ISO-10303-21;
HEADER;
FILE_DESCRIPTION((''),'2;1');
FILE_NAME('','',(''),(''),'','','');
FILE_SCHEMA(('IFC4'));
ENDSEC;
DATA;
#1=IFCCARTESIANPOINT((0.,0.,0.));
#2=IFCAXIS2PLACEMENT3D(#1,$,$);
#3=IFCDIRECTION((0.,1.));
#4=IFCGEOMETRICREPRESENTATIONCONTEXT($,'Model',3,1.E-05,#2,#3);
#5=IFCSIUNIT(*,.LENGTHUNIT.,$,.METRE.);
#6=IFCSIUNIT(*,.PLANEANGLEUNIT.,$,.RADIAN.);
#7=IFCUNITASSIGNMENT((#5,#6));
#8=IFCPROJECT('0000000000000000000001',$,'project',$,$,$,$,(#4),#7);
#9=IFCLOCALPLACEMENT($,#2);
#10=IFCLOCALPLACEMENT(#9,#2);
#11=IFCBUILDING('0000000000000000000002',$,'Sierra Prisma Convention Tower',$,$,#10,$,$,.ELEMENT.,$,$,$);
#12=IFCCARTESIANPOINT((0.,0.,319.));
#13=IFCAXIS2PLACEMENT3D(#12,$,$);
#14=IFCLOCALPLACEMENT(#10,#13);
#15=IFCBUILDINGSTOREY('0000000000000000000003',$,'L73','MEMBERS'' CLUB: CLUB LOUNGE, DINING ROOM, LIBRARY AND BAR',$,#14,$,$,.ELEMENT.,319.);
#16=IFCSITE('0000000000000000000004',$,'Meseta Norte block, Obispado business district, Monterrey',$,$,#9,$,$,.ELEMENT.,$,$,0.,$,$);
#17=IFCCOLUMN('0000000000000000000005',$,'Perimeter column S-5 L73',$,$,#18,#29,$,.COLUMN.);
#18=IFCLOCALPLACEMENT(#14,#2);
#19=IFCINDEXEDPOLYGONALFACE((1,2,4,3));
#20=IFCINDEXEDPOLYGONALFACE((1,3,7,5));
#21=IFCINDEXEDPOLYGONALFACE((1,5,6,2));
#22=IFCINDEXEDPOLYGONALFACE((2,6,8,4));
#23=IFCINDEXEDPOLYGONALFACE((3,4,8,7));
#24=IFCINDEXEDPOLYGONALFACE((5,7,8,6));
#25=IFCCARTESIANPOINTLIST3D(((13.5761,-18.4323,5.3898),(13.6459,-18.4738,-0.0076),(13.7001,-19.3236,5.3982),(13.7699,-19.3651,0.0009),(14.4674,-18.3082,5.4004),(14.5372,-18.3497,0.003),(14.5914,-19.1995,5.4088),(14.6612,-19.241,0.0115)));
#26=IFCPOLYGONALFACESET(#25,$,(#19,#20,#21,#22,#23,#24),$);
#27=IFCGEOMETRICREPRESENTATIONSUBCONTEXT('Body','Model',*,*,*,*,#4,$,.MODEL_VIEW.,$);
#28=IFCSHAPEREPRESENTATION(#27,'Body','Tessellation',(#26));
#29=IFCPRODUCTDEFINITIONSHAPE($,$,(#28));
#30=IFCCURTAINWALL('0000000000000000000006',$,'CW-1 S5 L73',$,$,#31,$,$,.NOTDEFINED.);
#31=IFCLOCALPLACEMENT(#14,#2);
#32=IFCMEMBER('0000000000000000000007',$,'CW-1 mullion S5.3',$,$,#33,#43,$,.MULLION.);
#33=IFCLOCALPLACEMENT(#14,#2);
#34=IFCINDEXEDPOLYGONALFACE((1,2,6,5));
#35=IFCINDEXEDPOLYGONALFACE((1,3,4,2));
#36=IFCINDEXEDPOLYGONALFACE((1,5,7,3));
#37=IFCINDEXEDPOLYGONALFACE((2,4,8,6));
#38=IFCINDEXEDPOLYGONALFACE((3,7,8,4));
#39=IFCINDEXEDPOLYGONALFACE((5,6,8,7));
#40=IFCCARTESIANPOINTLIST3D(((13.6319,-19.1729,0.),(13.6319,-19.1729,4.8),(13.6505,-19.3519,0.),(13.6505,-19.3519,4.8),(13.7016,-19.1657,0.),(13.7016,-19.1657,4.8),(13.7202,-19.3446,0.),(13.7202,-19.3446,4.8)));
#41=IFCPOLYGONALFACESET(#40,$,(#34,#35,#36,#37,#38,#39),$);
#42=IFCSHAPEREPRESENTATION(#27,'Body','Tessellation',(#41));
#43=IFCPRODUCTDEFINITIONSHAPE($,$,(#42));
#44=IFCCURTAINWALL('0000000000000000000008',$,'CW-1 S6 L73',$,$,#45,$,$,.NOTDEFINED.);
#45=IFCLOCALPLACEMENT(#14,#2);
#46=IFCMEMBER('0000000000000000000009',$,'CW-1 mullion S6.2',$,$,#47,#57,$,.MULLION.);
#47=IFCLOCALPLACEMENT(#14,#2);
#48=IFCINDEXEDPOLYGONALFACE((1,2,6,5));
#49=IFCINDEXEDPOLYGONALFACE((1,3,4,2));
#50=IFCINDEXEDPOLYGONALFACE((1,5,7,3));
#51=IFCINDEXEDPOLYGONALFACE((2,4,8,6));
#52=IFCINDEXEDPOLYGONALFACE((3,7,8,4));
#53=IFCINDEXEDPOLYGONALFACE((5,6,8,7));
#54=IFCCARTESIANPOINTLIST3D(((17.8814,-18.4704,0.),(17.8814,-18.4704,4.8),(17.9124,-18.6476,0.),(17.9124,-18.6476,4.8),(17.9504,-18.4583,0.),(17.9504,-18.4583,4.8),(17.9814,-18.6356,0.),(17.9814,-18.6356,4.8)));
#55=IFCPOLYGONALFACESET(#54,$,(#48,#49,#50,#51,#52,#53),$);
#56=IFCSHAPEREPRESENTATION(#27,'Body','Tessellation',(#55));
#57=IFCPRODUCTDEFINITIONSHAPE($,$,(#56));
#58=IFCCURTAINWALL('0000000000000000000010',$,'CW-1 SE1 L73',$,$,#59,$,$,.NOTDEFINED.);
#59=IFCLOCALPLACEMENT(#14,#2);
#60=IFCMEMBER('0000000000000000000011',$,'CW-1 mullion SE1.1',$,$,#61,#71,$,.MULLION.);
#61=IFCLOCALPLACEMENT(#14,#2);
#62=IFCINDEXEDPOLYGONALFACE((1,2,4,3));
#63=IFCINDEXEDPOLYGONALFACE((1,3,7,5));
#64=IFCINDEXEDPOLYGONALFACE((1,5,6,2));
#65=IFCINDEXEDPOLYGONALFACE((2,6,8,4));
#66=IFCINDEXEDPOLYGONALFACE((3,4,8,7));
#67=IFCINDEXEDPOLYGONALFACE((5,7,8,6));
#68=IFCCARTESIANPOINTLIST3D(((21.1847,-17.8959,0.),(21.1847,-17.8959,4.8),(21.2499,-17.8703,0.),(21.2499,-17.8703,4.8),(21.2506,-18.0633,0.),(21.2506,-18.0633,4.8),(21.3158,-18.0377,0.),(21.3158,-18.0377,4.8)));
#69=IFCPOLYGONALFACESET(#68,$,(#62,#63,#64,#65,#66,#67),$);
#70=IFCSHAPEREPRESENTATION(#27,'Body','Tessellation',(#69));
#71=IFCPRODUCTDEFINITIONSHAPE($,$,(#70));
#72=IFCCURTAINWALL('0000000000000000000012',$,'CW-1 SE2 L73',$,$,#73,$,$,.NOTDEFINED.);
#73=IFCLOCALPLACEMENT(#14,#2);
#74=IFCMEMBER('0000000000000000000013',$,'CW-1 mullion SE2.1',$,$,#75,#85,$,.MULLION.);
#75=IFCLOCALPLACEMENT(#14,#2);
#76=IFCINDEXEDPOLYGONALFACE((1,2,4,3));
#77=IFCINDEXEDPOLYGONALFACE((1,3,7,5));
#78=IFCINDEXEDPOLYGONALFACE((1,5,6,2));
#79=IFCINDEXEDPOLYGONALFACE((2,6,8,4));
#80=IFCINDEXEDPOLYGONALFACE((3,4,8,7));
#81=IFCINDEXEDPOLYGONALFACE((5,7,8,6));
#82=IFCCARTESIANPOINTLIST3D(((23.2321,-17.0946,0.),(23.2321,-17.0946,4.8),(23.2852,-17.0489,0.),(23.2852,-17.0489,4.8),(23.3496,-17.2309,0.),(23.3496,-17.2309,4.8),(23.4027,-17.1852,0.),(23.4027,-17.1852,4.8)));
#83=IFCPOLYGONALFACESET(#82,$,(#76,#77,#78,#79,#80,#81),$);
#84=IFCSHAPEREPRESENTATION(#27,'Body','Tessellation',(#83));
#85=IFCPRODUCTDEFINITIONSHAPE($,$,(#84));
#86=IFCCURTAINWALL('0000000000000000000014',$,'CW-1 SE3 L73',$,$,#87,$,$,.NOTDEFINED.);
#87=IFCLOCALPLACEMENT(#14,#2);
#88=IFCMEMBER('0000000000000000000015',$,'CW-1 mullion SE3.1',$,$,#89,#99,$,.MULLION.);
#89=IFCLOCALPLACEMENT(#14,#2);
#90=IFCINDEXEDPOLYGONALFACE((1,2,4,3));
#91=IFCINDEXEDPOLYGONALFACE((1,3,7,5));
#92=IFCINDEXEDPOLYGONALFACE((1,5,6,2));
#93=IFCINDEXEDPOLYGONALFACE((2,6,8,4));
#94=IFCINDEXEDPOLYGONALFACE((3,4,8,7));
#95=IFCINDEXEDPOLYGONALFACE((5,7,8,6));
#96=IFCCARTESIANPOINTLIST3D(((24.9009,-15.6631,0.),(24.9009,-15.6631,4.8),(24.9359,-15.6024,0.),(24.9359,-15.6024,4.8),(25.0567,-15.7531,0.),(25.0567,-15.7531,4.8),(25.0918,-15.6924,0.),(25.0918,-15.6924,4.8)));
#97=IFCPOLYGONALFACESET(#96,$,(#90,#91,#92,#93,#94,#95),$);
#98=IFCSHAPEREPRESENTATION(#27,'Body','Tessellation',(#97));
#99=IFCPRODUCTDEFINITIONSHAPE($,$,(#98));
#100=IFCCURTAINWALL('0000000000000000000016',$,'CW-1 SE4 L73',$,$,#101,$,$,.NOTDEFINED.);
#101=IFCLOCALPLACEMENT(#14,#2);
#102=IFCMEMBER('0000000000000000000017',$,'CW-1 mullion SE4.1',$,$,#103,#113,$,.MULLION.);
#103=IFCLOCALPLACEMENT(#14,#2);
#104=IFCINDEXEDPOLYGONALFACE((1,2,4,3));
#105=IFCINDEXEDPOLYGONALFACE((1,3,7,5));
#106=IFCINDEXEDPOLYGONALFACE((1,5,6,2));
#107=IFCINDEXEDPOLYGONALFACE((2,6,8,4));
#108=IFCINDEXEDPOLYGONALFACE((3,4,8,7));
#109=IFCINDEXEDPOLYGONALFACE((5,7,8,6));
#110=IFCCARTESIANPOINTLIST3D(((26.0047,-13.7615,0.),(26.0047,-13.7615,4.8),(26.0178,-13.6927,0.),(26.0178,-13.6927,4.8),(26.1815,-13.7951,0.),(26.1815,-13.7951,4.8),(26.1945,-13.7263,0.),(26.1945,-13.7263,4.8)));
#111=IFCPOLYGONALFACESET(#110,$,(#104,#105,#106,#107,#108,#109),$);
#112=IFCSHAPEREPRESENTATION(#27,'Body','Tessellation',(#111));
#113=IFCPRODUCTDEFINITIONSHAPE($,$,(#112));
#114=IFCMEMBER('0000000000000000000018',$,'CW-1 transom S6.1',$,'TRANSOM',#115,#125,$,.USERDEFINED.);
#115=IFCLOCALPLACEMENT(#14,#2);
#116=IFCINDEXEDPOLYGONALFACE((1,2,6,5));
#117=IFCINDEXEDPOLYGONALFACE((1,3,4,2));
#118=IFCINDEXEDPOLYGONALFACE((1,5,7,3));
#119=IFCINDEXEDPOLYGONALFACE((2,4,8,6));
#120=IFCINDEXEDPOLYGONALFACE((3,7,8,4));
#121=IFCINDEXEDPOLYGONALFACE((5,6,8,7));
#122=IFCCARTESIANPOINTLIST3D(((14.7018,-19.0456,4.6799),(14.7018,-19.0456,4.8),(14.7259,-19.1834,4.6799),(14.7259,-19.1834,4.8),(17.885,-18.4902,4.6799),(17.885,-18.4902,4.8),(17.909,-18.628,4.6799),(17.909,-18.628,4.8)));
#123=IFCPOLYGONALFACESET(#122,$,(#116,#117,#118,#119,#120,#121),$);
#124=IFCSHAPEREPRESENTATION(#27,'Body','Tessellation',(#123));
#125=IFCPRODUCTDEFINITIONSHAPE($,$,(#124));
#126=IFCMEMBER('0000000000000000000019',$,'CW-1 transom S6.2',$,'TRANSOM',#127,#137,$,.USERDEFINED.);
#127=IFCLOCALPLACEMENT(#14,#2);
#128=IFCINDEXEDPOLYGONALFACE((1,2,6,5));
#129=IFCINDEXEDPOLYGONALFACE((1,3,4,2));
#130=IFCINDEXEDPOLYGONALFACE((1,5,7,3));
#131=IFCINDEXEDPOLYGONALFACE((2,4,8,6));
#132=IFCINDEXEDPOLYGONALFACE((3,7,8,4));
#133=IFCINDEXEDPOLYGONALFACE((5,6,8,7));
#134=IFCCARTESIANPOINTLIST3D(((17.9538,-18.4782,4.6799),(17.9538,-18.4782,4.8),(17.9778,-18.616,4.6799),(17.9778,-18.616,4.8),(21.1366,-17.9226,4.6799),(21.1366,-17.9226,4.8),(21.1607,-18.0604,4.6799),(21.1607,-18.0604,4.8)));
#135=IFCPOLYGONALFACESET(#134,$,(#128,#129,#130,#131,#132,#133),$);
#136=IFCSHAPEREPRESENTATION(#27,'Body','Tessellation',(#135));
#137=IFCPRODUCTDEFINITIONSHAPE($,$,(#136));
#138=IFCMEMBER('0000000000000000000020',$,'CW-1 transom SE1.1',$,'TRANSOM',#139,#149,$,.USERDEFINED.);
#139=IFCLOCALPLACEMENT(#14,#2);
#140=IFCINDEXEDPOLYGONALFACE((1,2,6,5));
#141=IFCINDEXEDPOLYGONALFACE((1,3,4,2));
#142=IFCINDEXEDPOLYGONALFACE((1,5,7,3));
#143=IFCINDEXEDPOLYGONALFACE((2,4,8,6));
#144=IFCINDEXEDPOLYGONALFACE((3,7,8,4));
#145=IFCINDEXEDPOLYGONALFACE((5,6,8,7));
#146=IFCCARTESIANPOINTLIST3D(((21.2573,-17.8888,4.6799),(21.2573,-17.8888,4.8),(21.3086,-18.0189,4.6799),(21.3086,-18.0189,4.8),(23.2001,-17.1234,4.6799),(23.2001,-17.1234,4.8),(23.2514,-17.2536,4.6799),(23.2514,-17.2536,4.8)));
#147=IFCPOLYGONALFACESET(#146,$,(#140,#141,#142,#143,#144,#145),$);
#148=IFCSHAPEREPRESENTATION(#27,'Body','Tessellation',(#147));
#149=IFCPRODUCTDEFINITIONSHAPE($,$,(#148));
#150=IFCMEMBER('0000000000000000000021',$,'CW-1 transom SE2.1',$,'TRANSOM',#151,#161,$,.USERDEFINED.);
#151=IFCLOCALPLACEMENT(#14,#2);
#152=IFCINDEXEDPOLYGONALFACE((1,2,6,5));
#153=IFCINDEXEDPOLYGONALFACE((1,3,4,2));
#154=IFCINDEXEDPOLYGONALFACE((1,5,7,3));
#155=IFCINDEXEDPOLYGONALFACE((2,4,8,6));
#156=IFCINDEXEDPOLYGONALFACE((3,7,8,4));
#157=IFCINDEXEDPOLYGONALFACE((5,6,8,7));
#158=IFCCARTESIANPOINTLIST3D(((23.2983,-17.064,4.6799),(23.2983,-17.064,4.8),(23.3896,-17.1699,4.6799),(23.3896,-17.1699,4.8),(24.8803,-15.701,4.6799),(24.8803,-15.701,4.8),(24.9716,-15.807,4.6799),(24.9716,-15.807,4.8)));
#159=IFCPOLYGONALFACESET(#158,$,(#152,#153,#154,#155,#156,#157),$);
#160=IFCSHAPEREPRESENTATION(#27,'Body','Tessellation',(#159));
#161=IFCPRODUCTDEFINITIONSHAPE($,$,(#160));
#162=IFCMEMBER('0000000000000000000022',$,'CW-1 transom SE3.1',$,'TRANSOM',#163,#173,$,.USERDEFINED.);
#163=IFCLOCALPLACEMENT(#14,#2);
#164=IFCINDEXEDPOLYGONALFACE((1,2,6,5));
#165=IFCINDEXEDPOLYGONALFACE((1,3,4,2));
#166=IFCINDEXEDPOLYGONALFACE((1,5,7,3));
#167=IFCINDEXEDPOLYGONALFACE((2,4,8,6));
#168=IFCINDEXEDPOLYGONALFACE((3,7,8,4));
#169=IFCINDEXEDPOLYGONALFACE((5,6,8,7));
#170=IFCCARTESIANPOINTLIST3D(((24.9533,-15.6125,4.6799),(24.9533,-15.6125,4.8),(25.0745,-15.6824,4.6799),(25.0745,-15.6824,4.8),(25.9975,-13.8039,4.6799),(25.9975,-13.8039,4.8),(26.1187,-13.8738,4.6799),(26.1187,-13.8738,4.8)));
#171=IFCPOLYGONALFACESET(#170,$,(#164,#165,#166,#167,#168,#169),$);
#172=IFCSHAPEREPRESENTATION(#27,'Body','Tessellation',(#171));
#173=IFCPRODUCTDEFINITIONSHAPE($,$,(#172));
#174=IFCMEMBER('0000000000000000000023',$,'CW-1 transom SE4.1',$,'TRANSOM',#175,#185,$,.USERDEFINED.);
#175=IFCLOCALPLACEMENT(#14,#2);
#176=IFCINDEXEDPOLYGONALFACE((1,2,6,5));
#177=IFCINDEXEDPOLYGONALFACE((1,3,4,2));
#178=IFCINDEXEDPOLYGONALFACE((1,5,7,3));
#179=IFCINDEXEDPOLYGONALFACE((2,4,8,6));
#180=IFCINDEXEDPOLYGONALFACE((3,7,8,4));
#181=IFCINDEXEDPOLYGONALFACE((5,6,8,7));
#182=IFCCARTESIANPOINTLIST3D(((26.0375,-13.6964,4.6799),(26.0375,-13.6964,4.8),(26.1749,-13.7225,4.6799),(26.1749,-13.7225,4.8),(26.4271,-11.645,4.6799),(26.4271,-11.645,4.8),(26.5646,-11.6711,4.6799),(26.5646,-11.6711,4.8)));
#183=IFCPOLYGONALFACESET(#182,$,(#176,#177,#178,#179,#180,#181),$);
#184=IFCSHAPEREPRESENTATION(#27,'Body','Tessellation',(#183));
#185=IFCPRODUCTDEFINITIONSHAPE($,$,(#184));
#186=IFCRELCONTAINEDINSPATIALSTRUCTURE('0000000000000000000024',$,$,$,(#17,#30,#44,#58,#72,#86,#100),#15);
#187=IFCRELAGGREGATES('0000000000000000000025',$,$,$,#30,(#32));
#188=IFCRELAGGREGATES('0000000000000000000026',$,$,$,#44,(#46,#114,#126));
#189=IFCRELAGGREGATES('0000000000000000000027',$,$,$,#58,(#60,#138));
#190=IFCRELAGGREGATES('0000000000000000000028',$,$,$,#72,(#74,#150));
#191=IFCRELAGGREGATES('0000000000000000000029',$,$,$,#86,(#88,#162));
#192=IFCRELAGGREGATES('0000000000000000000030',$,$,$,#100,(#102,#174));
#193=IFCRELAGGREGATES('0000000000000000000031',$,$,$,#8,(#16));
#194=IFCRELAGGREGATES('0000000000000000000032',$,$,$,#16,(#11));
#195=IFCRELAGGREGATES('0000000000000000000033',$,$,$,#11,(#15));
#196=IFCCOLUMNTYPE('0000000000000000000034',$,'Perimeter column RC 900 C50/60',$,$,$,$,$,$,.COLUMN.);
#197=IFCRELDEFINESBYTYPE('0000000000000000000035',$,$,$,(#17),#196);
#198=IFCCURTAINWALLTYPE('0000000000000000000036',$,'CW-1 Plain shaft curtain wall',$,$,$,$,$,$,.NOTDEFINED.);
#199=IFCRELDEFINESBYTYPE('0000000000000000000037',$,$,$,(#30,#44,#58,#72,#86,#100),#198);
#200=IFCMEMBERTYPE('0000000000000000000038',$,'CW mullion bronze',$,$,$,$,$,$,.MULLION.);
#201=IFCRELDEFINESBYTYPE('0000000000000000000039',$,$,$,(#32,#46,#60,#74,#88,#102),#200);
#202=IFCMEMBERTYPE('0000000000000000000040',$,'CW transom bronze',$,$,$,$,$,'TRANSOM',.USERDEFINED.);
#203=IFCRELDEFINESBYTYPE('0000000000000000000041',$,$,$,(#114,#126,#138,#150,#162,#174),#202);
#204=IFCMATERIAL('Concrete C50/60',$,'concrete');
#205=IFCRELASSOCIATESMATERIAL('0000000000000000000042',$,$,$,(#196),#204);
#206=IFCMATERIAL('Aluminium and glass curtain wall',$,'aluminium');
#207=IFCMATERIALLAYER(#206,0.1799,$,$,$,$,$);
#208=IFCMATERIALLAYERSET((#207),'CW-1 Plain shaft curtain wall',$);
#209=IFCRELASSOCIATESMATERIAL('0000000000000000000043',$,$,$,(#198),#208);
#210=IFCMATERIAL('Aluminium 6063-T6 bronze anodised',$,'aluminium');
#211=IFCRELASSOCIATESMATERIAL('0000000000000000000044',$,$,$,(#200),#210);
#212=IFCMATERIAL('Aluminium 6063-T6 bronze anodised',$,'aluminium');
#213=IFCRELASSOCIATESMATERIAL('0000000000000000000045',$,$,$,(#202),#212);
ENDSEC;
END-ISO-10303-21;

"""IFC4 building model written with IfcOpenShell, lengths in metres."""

from ifc_helpers import new_model, si_unit, direction, frame, origin, origin_2d, place, context, subcontext, project, spatial, rectangle, extrude, clip, halfspace, material, layer, layer_set, material_profile, profile_set, type_object, element, aggregate, save


model = new_model("IFC4")

# Units and contexts
model_context = context("Model", 3, precision=1e-05, world=origin(), true_north=direction((0.0, 1.0)))
body_context = subcontext(model_context, "Body", "Model", "MODEL_VIEW")
ifc_project = project(units=[si_unit("LENGTHUNIT", "METRE"), si_unit("PLANEANGLEUNIT", "RADIAN")], contexts=[model_context])

# Site, building, storey
site_placement = place(None, origin())
site = spatial("IfcSite", under=ifc_project, at=site_placement, Name="Meseta Norte block, Obispado business district, Monterrey", CompositionType="ELEMENT", RefElevation=0.0)
building_placement = place(site_placement, origin())
building = spatial("IfcBuilding", under=site, at=building_placement, Name="Sierra Prisma Convention Tower", CompositionType="ELEMENT")
storey_placement = place(building_placement, frame((0.0, 0.0, 319.0)))
storey = spatial("IfcBuildingStorey", under=building, at=storey_placement, Name="L73", Description="MEMBERS' CLUB: CLUB LOUNGE, DINING ROOM, LIBRARY AND BAR", CompositionType="ELEMENT", Elevation=319.0)

# Column
ifc_material_1 = material(Name="Concrete C50/60", Category="concrete")
ifc_material_profile_1 = material_profile(ifc_material_1, rectangle(XDim=0.8999, YDim=0.8999, at=origin_2d()), Name="Perimeter column RC 900 C50/60")
ifc_profile_set_1 = profile_set([ifc_material_profile_1], Name="Concrete C50/60")
column_type = type_object("IfcColumnType", Name="Perimeter column RC 900 C50/60", PredefinedType="COLUMN", material=ifc_profile_set_1)
column_placement = place(storey_placement, frame((14.1536, -18.8574, 0.0), z_axis=(-0.012929, 0.007685, 0.999887), x_axis=(0.990379, 0.137885, 0.011746)))
element("IfcColumn", 1, at=column_placement, inside=storey, type_object=column_type, Name="Perimeter column S-5 L73", PredefinedType="COLUMN", context=body_context, shape_type="SweptSolid", body=[
    clip(clip(extrude(rectangle(XDim=0.8999, YDim=0.8999, at=origin_2d()), origin(), (0.0, 0.0, 1.0), 5.4006), halfspace(frame((0.0, 0.0, 0.002)), True)), halfspace(frame((0.0, 0.0, 5.3999)), False)),
])

# Curtain walls, members
ifc_material_2 = material(Name="Aluminium and glass curtain wall", Category="aluminium")
ifc_layer_1 = layer(ifc_material_2, 0.1799)
ifc_layer_set_1 = layer_set([ifc_layer_1], Name="CW-1 Plain shaft curtain wall")
curtain_wall_type = type_object("IfcCurtainWallType", Name="CW-1 Plain shaft curtain wall", PredefinedType="NOTDEFINED", material=ifc_layer_set_1)
curtain_wall_1_placement = place(storey_placement, origin())
curtain_wall_1 = element("IfcCurtainWall", 2, at=curtain_wall_1_placement, inside=storey, type_object=curtain_wall_type, Name="CW-1 S5 L73", PredefinedType="NOTDEFINED")
ifc_material_3 = material(Name="Aluminium 6063-T6 bronze anodised", Category="aluminium")
ifc_material_profile_2 = material_profile(ifc_material_3, rectangle(XDim=0.1799, YDim=0.0701, at=origin_2d()), Name="ALU MULLION 70x180")
ifc_profile_set_2 = profile_set([ifc_material_profile_2], Name="Aluminium 6063-T6 bronze anodised")
member_type_1 = type_object("IfcMemberType", Name="CW mullion bronze", PredefinedType="MULLION", material=ifc_profile_set_2)
member_1_placement = place(storey_placement, frame((13.676, -19.2588, 0.0), z_axis=(0.0, 0.0, 1.0), x_axis=(-0.103487, 0.994631, 0.0)))
member_1 = element("IfcMember", 3, at=member_1_placement, type_object=member_type_1, Name="CW-1 mullion S5.3", PredefinedType="MULLION", context=body_context, shape_type="SweptSolid", body=[
    extrude(rectangle(XDim=0.1799, YDim=0.0701, at=origin_2d()), origin(), (0.0, 0.0, 1.0), 4.8),
])
curtain_wall_2_placement = place(storey_placement, origin())
curtain_wall_2 = element("IfcCurtainWall", 4, at=curtain_wall_2_placement, inside=storey, type_object=curtain_wall_type, Name="CW-1 S6 L73", PredefinedType="NOTDEFINED")
member_2_placement = place(storey_placement, frame((17.9314, -18.553, 0.0), z_axis=(0.0, 0.0, 1.0), x_axis=(-0.171929, 0.985109, 0.0)))
member_2 = element("IfcMember", 5, at=member_2_placement, type_object=member_type_1, Name="CW-1 mullion S6.2", PredefinedType="MULLION", context=body_context, shape_type="SweptSolid", body=[
    extrude(rectangle(XDim=0.1799, YDim=0.0701, at=origin_2d()), origin(), (0.0, 0.0, 1.0), 4.8),
])
curtain_wall_3_placement = place(storey_placement, origin())
curtain_wall_3 = element("IfcCurtainWall", 6, at=curtain_wall_3_placement, inside=storey, type_object=curtain_wall_type, Name="CW-1 SE1 L73", PredefinedType="NOTDEFINED")
member_3_placement = place(storey_placement, frame((21.2502, -17.9668, 0.0), z_axis=(0.0, 0.0, 1.0), x_axis=(-0.366566, 0.930392, 0.0)))
member_3 = element("IfcMember", 7, at=member_3_placement, type_object=member_type_1, Name="CW-1 mullion SE1.1", PredefinedType="MULLION", context=body_context, shape_type="SweptSolid", body=[
    extrude(rectangle(XDim=0.1799, YDim=0.0701, at=origin_2d()), origin(), (0.0, 0.0, 1.0), 4.8),
])
curtain_wall_4_placement = place(storey_placement, origin())
curtain_wall_4 = element("IfcCurtainWall", 8, at=curtain_wall_4_placement, inside=storey, type_object=curtain_wall_type, Name="CW-1 SE2 L73", PredefinedType="NOTDEFINED")
member_4_placement = place(storey_placement, frame((23.3174, -17.1399, 0.0), z_axis=(0.0, 0.0, 1.0), x_axis=(-0.652786, 0.757542, 0.0)))
member_4 = element("IfcMember", 9, at=member_4_placement, type_object=member_type_1, Name="CW-1 mullion SE2.1", PredefinedType="MULLION", context=body_context, shape_type="SweptSolid", body=[
    extrude(rectangle(XDim=0.1799, YDim=0.0701, at=origin_2d()), origin(), (0.0, 0.0, 1.0), 4.8),
])
curtain_wall_5_placement = place(storey_placement, origin())
curtain_wall_5 = element("IfcCurtainWall", 10, at=curtain_wall_5_placement, inside=storey, type_object=curtain_wall_type, Name="CW-1 SE3 L73", PredefinedType="NOTDEFINED")
member_5_placement = place(storey_placement, frame((24.9963, -15.6777, 0.0), z_axis=(0.0, 0.0, 1.0), x_axis=(-0.866025, 0.5, 0.0)))
member_5 = element("IfcMember", 11, at=member_5_placement, type_object=member_type_1, Name="CW-1 mullion SE3.1", PredefinedType="MULLION", context=body_context, shape_type="SweptSolid", body=[
    extrude(rectangle(XDim=0.1799, YDim=0.0701, at=origin_2d()), origin(), (0.0, 0.0, 1.0), 4.8),
])
curtain_wall_6_placement = place(storey_placement, origin())
curtain_wall_6 = element("IfcCurtainWall", 12, at=curtain_wall_6_placement, inside=storey, type_object=curtain_wall_type, Name="CW-1 SE4 L73", PredefinedType="NOTDEFINED")
member_6_placement = place(storey_placement, frame((26.0996, -13.7439, 0.0), z_axis=(0.0, 0.0, 1.0), x_axis=(-0.982444, 0.186558, 0.0)))
member_6 = element("IfcMember", 13, at=member_6_placement, type_object=member_type_1, Name="CW-1 mullion SE4.1", PredefinedType="MULLION", context=body_context, shape_type="SweptSolid", body=[
    extrude(rectangle(XDim=0.1799, YDim=0.0701, at=origin_2d()), origin(), (0.0, 0.0, 1.0), 4.8),
])

# Members
ifc_material_4 = material(Name="Aluminium 6063-T6 bronze anodised", Category="aluminium")
ifc_material_profile_3 = material_profile(ifc_material_4, rectangle(XDim=0.1399, YDim=0.1201, at=origin_2d()), Name="ALU TRANSOM 120x140")
ifc_profile_set_3 = profile_set([ifc_material_profile_3], Name="Aluminium 6063-T6 bronze anodised")
member_type_2 = type_object("IfcMemberType", Name="CW transom bronze", ElementType="TRANSOM", PredefinedType="USERDEFINED", material=ifc_profile_set_3)
member_7_placement = place(storey_placement, frame((14.7139, -19.1145, 4.74), z_axis=(0.985116, 0.171893, 0.0), x_axis=(-0.171893, 0.985116, 0.0)))
member_7 = element("IfcMember", 14, at=member_7_placement, type_object=member_type_2, Name="CW-1 transom S6.1", ObjectType="TRANSOM", PredefinedType="USERDEFINED", context=body_context, shape_type="SweptSolid", body=[
    extrude(rectangle(XDim=0.1399, YDim=0.1201, at=origin_2d()), origin(), (0.0, 0.0, 1.0), 3.2312),
])
member_8_placement = place(storey_placement, frame((17.9658, -18.5471, 4.74), z_axis=(0.985101, 0.171979, 0.0), x_axis=(-0.171979, 0.985101, 0.0)))
member_8 = element("IfcMember", 15, at=member_8_placement, type_object=member_type_2, Name="CW-1 transom S6.2", ObjectType="TRANSOM", PredefinedType="USERDEFINED", context=body_context, shape_type="SweptSolid", body=[
    extrude(rectangle(XDim=0.1399, YDim=0.1201, at=origin_2d()), origin(), (0.0, 0.0, 1.0), 3.231),
])
member_9_placement = place(storey_placement, frame((21.283, -17.9539, 4.74), z_axis=(0.930407, 0.366528, 0.0), x_axis=(-0.366528, 0.930407, 0.0)))
member_9 = element("IfcMember", 16, at=member_9_placement, type_object=member_type_2, Name="CW-1 transom SE1.1", ObjectType="TRANSOM", PredefinedType="USERDEFINED", context=body_context, shape_type="SweptSolid", body=[
    extrude(rectangle(XDim=0.1399, YDim=0.1201, at=origin_2d()), origin(), (0.0, 0.0, 1.0), 2.0881),
])
member_10_placement = place(storey_placement, frame((23.344, -17.1169, 4.74), z_axis=(0.757595, 0.652725, 0.0), x_axis=(-0.652725, 0.757595, 0.0)))
member_10 = element("IfcMember", 17, at=member_10_placement, type_object=member_type_2, Name="CW-1 transom SE2.1", ObjectType="TRANSOM", PredefinedType="USERDEFINED", context=body_context, shape_type="SweptSolid", body=[
    extrude(rectangle(XDim=0.1399, YDim=0.1201, at=origin_2d()), origin(), (0.0, 0.0, 1.0), 2.0881),
])
member_11_placement = place(storey_placement, frame((25.0139, -15.6475, 4.74), z_axis=(0.499999, 0.866026, 0.0), x_axis=(-0.866026, 0.499999, 0.0)))
member_11 = element("IfcMember", 18, at=member_11_placement, type_object=member_type_2, Name="CW-1 transom SE3.1", ObjectType="TRANSOM", PredefinedType="USERDEFINED", context=body_context, shape_type="SweptSolid", body=[
    extrude(rectangle(XDim=0.1399, YDim=0.1201, at=origin_2d()), origin(), (0.0, 0.0, 1.0), 2.0884),
])
member_12_placement = place(storey_placement, frame((26.1062, -13.7095, 4.74), z_axis=(0.186596, 0.982437, 0.0), x_axis=(-0.982437, 0.186596, 0.0)))
member_12 = element("IfcMember", 19, at=member_12_placement, type_object=member_type_2, Name="CW-1 transom SE4.1", ObjectType="TRANSOM", PredefinedType="USERDEFINED", context=body_context, shape_type="SweptSolid", body=[
    extrude(rectangle(XDim=0.1399, YDim=0.1201, at=origin_2d()), origin(), (0.0, 0.0, 1.0), 2.0881),
])

aggregate(curtain_wall_1, [member_1])
aggregate(curtain_wall_2, [member_2, member_7, member_8])
aggregate(curtain_wall_3, [member_3, member_9])
aggregate(curtain_wall_4, [member_4, member_10])
aggregate(curtain_wall_5, [member_5, member_11])
aggregate(curtain_wall_6, [member_6, member_12])

save(model, "model.ifc")
